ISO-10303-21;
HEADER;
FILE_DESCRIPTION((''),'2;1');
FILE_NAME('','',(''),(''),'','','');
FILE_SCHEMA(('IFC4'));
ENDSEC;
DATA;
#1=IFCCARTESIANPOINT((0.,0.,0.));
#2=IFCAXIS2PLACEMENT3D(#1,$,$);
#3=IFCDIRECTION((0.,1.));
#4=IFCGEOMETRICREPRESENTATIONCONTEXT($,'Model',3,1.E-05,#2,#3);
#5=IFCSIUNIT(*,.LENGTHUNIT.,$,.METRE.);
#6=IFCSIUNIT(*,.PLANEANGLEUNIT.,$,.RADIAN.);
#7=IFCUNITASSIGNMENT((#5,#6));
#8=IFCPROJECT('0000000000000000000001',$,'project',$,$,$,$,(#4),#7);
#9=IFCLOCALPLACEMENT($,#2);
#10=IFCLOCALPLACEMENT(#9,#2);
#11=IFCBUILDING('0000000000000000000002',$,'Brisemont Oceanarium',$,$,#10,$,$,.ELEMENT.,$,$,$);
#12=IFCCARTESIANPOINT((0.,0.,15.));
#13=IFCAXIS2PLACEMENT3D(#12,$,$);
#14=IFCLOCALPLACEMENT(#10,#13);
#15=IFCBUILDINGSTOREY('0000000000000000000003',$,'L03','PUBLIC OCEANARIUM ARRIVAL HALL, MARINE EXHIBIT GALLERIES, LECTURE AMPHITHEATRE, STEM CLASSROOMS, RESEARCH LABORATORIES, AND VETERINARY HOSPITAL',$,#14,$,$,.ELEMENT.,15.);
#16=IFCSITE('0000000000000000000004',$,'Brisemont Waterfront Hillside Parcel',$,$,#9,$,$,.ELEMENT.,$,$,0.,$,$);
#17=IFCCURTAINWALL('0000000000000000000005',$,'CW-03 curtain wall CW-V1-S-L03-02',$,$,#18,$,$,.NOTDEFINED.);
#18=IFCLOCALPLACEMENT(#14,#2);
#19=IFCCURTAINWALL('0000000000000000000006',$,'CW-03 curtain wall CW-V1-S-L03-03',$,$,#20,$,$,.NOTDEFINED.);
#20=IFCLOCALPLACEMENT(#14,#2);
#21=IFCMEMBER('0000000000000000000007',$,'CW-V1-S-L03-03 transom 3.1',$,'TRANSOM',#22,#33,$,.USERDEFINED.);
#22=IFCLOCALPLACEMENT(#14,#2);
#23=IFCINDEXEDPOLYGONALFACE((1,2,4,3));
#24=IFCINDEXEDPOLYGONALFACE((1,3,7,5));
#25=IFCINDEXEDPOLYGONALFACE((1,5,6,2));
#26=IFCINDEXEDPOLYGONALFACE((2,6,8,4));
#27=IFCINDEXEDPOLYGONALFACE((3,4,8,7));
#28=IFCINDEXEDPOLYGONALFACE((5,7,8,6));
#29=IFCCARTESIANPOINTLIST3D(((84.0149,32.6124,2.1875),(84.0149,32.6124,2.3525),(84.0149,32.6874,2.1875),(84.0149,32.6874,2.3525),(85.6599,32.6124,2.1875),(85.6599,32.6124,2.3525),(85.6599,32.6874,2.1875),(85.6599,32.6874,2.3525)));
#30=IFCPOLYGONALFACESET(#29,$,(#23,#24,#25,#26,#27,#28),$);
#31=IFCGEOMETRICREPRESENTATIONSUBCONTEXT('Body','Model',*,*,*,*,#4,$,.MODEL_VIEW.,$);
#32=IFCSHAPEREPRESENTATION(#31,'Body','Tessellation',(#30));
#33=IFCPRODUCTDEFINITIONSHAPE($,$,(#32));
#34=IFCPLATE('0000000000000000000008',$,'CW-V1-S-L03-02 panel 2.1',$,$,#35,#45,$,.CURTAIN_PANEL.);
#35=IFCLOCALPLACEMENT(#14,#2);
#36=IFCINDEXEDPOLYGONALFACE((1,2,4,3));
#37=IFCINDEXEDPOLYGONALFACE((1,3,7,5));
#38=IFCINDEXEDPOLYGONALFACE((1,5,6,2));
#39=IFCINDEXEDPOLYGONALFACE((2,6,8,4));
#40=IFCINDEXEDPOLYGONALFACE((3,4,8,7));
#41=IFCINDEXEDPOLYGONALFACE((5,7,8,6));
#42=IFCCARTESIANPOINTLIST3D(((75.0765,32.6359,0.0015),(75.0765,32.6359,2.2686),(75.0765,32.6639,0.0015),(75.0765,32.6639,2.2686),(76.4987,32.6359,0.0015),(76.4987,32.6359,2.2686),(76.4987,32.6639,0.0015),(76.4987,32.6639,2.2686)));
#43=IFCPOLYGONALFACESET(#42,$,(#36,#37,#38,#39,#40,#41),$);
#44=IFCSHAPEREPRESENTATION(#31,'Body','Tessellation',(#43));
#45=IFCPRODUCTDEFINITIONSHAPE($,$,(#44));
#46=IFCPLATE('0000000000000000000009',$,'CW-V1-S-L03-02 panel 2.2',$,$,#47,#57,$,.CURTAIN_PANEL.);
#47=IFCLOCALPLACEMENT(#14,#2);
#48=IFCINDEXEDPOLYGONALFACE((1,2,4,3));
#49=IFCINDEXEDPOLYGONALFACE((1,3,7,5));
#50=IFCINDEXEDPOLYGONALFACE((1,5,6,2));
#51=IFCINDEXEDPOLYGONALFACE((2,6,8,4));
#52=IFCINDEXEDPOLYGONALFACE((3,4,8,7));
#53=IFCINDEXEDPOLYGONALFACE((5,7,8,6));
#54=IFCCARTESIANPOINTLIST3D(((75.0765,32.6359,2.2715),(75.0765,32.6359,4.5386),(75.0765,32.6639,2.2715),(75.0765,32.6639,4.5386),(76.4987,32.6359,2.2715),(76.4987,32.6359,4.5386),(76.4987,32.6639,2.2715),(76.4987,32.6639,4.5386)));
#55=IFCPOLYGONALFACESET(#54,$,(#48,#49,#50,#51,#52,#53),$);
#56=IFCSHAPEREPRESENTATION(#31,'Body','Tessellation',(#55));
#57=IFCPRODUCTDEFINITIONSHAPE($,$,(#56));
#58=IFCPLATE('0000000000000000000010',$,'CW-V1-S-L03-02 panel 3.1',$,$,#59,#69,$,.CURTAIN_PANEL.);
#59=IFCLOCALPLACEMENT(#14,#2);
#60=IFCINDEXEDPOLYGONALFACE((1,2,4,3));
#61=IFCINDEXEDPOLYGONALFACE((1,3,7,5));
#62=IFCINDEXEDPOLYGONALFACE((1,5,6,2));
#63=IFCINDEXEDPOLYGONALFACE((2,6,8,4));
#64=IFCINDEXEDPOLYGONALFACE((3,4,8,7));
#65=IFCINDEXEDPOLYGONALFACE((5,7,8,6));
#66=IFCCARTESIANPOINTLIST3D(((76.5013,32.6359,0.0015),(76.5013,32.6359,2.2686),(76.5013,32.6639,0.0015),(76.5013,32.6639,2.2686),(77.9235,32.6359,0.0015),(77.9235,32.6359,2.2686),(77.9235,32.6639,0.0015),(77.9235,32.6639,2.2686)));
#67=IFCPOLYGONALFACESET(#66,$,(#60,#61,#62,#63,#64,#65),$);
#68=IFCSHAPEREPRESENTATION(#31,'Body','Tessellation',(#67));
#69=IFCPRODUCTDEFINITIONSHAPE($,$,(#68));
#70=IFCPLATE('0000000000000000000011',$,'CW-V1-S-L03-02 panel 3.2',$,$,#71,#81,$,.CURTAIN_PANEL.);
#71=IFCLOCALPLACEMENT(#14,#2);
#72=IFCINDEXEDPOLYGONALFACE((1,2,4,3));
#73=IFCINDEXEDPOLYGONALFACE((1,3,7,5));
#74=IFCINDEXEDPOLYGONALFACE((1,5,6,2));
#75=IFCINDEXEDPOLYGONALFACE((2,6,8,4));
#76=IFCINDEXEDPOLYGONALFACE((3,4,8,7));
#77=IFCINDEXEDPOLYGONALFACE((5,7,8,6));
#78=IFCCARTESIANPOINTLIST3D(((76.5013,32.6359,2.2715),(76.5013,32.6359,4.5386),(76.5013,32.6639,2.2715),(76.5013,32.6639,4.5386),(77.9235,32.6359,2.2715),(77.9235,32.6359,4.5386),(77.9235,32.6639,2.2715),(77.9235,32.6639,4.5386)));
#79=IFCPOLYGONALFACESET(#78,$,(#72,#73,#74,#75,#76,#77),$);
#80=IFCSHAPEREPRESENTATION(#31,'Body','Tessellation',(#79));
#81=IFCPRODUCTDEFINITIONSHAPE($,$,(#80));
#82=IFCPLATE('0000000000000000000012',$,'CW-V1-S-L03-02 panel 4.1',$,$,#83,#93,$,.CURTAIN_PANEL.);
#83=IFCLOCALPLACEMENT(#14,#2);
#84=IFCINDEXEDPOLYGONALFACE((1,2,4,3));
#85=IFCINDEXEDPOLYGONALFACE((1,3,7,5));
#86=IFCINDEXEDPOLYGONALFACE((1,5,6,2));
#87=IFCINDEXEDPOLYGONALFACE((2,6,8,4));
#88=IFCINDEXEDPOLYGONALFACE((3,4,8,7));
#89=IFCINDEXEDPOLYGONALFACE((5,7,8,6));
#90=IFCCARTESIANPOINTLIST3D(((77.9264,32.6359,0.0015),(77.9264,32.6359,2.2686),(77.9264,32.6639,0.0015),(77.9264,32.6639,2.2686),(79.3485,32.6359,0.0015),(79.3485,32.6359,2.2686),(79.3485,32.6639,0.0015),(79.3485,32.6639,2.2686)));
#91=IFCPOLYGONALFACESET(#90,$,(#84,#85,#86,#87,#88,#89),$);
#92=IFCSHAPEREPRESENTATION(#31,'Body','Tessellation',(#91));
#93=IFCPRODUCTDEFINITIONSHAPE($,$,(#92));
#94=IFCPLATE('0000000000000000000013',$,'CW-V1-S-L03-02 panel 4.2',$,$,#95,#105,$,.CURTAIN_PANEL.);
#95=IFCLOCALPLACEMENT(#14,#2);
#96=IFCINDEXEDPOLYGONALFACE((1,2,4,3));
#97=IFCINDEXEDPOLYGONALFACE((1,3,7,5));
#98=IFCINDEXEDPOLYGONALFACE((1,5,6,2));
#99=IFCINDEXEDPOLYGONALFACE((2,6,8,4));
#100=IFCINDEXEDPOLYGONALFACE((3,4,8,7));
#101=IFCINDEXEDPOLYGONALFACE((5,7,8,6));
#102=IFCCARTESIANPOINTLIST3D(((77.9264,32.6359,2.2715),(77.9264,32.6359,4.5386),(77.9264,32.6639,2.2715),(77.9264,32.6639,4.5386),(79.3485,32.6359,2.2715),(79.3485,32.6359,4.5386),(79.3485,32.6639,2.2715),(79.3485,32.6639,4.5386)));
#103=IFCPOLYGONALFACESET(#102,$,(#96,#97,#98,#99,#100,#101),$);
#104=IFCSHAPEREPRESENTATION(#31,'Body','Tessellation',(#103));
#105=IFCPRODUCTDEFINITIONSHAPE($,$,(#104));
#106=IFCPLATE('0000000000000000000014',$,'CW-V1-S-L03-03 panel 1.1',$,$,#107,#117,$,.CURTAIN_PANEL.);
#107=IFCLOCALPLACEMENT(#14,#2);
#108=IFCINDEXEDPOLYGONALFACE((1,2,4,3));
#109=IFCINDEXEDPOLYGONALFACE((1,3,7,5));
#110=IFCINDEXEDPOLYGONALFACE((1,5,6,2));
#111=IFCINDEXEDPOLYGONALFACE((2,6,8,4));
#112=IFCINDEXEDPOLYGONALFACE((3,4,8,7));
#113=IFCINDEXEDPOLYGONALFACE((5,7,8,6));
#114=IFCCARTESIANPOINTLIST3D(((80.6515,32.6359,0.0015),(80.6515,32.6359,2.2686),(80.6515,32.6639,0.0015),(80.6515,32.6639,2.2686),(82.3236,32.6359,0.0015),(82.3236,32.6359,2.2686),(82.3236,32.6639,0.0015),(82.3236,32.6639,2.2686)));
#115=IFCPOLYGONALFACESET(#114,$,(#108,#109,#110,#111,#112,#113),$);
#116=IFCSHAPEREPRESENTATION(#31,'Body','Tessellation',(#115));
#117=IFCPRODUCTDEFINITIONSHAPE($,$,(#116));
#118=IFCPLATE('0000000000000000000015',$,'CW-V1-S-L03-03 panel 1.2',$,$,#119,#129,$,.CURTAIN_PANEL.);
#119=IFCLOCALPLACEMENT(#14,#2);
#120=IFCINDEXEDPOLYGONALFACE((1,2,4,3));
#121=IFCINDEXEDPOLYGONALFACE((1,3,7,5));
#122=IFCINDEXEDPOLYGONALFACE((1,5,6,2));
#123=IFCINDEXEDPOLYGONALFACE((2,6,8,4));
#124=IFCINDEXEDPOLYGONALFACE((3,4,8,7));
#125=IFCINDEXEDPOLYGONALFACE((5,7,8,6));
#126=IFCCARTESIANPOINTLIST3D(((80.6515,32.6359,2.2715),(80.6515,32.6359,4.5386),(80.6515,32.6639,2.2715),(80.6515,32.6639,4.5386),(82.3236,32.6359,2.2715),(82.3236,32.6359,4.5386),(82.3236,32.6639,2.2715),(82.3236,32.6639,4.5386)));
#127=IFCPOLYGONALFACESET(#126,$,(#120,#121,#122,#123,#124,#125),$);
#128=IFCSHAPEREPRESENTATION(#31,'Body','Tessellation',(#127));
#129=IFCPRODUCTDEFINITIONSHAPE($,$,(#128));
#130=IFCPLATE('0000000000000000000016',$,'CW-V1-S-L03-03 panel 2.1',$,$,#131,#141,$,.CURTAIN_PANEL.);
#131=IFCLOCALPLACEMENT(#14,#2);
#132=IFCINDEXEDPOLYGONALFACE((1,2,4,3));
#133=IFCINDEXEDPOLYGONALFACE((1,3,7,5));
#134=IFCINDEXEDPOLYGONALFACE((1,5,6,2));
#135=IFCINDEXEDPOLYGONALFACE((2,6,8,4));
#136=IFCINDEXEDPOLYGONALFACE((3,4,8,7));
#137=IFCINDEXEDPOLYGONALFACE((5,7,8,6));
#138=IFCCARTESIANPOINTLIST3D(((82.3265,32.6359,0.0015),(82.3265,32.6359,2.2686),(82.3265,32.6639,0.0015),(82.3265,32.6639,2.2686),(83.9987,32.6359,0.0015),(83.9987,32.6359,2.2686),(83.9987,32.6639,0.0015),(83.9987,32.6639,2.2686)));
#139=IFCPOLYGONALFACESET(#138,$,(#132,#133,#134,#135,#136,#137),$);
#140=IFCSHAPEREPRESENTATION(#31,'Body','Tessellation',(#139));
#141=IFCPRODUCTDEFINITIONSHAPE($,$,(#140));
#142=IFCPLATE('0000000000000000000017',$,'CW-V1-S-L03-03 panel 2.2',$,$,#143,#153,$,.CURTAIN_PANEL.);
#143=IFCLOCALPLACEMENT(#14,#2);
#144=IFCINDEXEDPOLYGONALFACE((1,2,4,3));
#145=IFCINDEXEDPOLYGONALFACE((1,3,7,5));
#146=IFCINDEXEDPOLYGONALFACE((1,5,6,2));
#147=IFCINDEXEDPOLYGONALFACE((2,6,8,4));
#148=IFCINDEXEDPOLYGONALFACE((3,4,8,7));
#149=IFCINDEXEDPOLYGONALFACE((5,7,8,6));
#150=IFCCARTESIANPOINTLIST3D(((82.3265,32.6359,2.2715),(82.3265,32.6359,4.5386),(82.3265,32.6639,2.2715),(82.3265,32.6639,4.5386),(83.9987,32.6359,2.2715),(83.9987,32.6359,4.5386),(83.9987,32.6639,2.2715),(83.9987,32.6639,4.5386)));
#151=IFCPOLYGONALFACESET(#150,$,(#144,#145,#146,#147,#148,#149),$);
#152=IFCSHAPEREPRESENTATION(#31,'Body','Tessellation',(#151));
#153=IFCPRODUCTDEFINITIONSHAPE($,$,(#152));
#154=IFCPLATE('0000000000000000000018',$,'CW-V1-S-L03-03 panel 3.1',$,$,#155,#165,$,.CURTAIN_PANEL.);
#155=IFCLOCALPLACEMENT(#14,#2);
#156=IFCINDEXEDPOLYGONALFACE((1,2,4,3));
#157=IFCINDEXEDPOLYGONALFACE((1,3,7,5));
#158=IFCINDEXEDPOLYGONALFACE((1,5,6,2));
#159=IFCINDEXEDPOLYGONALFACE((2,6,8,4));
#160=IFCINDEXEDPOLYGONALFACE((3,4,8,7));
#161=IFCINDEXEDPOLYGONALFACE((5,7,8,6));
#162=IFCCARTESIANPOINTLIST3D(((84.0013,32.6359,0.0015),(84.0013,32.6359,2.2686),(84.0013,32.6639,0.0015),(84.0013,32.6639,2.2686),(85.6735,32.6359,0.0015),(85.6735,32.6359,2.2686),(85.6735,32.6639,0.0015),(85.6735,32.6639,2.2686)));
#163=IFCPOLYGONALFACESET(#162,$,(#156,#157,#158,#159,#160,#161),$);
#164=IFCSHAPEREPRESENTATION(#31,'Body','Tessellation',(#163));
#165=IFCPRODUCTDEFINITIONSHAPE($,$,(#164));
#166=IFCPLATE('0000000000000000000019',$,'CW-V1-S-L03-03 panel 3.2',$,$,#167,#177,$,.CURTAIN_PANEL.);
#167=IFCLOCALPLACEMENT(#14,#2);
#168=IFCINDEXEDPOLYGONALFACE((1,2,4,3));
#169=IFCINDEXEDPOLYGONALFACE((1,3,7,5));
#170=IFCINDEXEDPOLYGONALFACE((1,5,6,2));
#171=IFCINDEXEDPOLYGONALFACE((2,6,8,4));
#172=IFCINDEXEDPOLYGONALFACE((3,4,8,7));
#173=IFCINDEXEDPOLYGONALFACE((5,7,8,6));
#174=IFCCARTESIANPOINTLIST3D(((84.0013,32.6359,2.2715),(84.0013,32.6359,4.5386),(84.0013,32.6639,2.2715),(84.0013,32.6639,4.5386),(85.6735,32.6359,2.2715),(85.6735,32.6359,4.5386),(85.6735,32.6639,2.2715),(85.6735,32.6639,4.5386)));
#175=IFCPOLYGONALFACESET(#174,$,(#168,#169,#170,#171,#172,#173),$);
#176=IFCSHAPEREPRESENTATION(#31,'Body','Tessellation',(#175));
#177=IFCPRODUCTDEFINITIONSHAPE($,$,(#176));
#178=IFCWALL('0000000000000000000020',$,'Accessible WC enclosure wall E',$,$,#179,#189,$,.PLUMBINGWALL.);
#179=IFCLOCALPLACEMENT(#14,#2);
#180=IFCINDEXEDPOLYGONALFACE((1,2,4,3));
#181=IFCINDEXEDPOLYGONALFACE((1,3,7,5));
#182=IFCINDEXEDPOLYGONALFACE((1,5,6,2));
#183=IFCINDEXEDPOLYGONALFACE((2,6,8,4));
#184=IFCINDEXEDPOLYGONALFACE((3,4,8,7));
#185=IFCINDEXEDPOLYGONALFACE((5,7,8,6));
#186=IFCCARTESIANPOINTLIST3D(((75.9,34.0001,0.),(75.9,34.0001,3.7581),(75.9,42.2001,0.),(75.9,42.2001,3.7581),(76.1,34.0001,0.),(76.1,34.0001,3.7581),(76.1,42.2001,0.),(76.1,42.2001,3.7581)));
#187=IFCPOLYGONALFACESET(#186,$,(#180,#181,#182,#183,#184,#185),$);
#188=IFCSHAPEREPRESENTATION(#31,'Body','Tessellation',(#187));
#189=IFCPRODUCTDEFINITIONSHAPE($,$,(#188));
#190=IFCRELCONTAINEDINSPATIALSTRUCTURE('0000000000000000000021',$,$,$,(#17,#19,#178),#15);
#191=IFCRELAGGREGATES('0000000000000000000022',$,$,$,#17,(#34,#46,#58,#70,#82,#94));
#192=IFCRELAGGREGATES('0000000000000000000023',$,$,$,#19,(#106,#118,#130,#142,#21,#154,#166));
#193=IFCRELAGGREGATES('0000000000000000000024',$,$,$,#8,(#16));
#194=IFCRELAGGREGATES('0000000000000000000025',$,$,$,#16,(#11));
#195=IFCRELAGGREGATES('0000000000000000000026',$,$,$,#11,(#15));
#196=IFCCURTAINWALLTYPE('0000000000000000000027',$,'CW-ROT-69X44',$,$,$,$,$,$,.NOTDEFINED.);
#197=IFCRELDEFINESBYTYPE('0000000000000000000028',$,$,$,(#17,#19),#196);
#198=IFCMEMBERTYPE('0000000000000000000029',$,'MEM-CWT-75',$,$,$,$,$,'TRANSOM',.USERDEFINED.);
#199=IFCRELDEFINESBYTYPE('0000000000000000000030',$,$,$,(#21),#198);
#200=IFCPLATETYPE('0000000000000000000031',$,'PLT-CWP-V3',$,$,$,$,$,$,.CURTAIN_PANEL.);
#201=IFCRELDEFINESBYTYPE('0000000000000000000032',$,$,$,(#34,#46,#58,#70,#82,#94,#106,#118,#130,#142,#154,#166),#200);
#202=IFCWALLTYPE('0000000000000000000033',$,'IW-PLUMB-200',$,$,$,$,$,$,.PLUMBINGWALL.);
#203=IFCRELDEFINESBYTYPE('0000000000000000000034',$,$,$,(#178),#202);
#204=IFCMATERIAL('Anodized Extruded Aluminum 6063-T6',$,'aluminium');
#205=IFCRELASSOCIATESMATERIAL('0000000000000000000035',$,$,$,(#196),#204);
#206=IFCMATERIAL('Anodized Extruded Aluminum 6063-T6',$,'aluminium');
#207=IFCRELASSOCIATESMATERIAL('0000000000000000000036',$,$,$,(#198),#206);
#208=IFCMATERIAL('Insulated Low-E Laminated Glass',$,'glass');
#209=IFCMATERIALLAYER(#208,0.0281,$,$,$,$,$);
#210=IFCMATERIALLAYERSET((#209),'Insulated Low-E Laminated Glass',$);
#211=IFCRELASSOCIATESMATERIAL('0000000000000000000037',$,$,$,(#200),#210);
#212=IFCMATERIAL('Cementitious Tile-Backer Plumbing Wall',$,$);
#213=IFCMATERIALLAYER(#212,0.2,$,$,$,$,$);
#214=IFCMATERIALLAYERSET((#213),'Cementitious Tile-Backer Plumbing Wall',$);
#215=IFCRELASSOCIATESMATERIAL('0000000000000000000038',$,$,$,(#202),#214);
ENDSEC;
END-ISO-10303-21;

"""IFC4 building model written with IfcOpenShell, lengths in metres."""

from ifc_helpers import new_model, si_unit, direction, frame, frame_2d, origin, origin_2d, place, context, subcontext, project, spatial, rectangle, extrude, material, layer, layer_set, material_profile, profile_set, type_object, element, aggregate, save


model = new_model("IFC4")

# Units and contexts
model_context = context("Model", 3, precision=1e-05, world=origin(), true_north=direction((0.0, 1.0)))
body_context = subcontext(model_context, "Body", "Model", "MODEL_VIEW")
ifc_project = project(units=[si_unit("LENGTHUNIT", "METRE"), si_unit("PLANEANGLEUNIT", "RADIAN")], contexts=[model_context])

# Site, building, storey
site_placement = place(None, origin())
site = spatial("IfcSite", under=ifc_project, at=site_placement, Name="Brisemont Waterfront Hillside Parcel", CompositionType="ELEMENT", RefElevation=0.0)
building_placement = place(site_placement, origin())
building = spatial("IfcBuilding", under=site, at=building_placement, Name="Brisemont Oceanarium", CompositionType="ELEMENT")
storey_placement = place(building_placement, frame((0.0, 0.0, 15.0)))
storey = spatial("IfcBuildingStorey", under=building, at=storey_placement, Name="L03", Description="PUBLIC OCEANARIUM ARRIVAL HALL, MARINE EXHIBIT GALLERIES, LECTURE AMPHITHEATRE, STEM CLASSROOMS, RESEARCH LABORATORIES, AND VETERINARY HOSPITAL", CompositionType="ELEMENT", Elevation=15.0)

# Curtain walls
ifc_material_1 = material(Name="Anodized Extruded Aluminum 6063-T6", Category="aluminium")
curtain_wall_type = type_object("IfcCurtainWallType", Name="CW-ROT-69X44", PredefinedType="NOTDEFINED", material=ifc_material_1)
curtain_wall_1_placement = place(storey_placement, origin())
curtain_wall_1 = element("IfcCurtainWall", 1, at=curtain_wall_1_placement, inside=storey, type_object=curtain_wall_type, Name="CW-03 curtain wall CW-V1-S-L03-02", PredefinedType="NOTDEFINED")
curtain_wall_2_placement = place(storey_placement, origin())
curtain_wall_2 = element("IfcCurtainWall", 2, at=curtain_wall_2_placement, inside=storey, type_object=curtain_wall_type, Name="CW-03 curtain wall CW-V1-S-L03-03", PredefinedType="NOTDEFINED")

# Member
ifc_material_2 = material(Name="Anodized Extruded Aluminum 6063-T6", Category="aluminium")
ifc_material_profile_1 = material_profile(ifc_material_2, rectangle(XDim=0.075, YDim=0.165, at=origin_2d()), Name="CWT-75X165")
ifc_profile_set_1 = profile_set([ifc_material_profile_1], Name="Anodized Extruded Aluminum 6063-T6")
member_type_1 = type_object("IfcMemberType", Name="MEM-CWT-75", ElementType="TRANSOM", PredefinedType="USERDEFINED", material=ifc_profile_set_1)
member_1_placement = place(storey_placement, frame((84.0149, 32.6499, 2.27), z_axis=(1.0, 0.0, 0.0), x_axis=(0.0, 1.0, 0.0)))
member_1 = element("IfcMember", 3, at=member_1_placement, type_object=member_type_1, Name="CW-V1-S-L03-03 transom 3.1", ObjectType="TRANSOM", PredefinedType="USERDEFINED", context=body_context, shape_type="SweptSolid", body=[
    extrude(rectangle(XDim=0.075, YDim=0.165, at=origin_2d()), origin(), (0.0, 0.0, 1.0), 1.645),
])

# Plates
ifc_material_3 = material(Name="Insulated Low-E Laminated Glass", Category="glass")
ifc_layer_1 = layer(ifc_material_3, 0.0281)
ifc_layer_set_1 = layer_set([ifc_layer_1], Name="Insulated Low-E Laminated Glass")
plate_type = type_object("IfcPlateType", Name="PLT-CWP-V3", PredefinedType="CURTAIN_PANEL", material=ifc_layer_set_1)
plate_1_placement = place(storey_placement, frame((75.7876, 32.6499, 0.0015), z_axis=(0.0, 0.0, 1.0), x_axis=(1.0, 0.0, 0.0)))
plate_1 = element("IfcPlate", 4, at=plate_1_placement, type_object=plate_type, Name="CW-V1-S-L03-02 panel 2.1", PredefinedType="CURTAIN_PANEL", context=body_context, shape_type="SweptSolid", body=[
    extrude(rectangle(XDim=1.4221, YDim=0.0281, at=origin_2d()), origin(), (0.0, 0.0, 1.0), 2.2671),
])
plate_2_placement = place(storey_placement, frame((75.7876, 32.6499, 2.2715), z_axis=(0.0, 0.0, 1.0), x_axis=(1.0, 0.0, 0.0)))
plate_2 = element("IfcPlate", 5, at=plate_2_placement, type_object=plate_type, Name="CW-V1-S-L03-02 panel 2.2", PredefinedType="CURTAIN_PANEL", context=body_context, shape_type="SweptSolid", body=[
    extrude(rectangle(XDim=1.4221, YDim=0.0281, at=origin_2d()), origin(), (0.0, 0.0, 1.0), 2.2671),
])
plate_3_placement = place(storey_placement, frame((77.2124, 32.6499, 0.0015), z_axis=(0.0, 0.0, 1.0), x_axis=(1.0, 0.0, 0.0)))
plate_3 = element("IfcPlate", 6, at=plate_3_placement, type_object=plate_type, Name="CW-V1-S-L03-02 panel 3.1", PredefinedType="CURTAIN_PANEL", context=body_context, shape_type="SweptSolid", body=[
    extrude(rectangle(XDim=1.4221, YDim=0.0281, at=origin_2d()), origin(), (0.0, 0.0, 1.0), 2.2671),
])
plate_4_placement = place(storey_placement, frame((77.2124, 32.6499, 2.2715), z_axis=(0.0, 0.0, 1.0), x_axis=(1.0, 0.0, 0.0)))
plate_4 = element("IfcPlate", 7, at=plate_4_placement, type_object=plate_type, Name="CW-V1-S-L03-02 panel 3.2", PredefinedType="CURTAIN_PANEL", context=body_context, shape_type="SweptSolid", body=[
    extrude(rectangle(XDim=1.4221, YDim=0.0281, at=origin_2d()), origin(), (0.0, 0.0, 1.0), 2.2671),
])
plate_5_placement = place(storey_placement, frame((78.6375, 32.6499, 0.0015), z_axis=(0.0, 0.0, 1.0), x_axis=(1.0, 0.0, 0.0)))
plate_5 = element("IfcPlate", 8, at=plate_5_placement, type_object=plate_type, Name="CW-V1-S-L03-02 panel 4.1", PredefinedType="CURTAIN_PANEL", context=body_context, shape_type="SweptSolid", body=[
    extrude(rectangle(XDim=1.4221, YDim=0.0281, at=origin_2d()), origin(), (0.0, 0.0, 1.0), 2.2671),
])
plate_6_placement = place(storey_placement, frame((78.6375, 32.6499, 2.2715), z_axis=(0.0, 0.0, 1.0), x_axis=(1.0, 0.0, 0.0)))
plate_6 = element("IfcPlate", 9, at=plate_6_placement, type_object=plate_type, Name="CW-V1-S-L03-02 panel 4.2", PredefinedType="CURTAIN_PANEL", context=body_context, shape_type="SweptSolid", body=[
    extrude(rectangle(XDim=1.4221, YDim=0.0281, at=origin_2d()), origin(), (0.0, 0.0, 1.0), 2.2671),
])
aggregate(curtain_wall_1, [plate_1, plate_2, plate_3, plate_4, plate_5, plate_6])
plate_7_placement = place(storey_placement, frame((81.4875, 32.6499, 0.0015), z_axis=(0.0, 0.0, 1.0), x_axis=(1.0, 0.0, 0.0)))
plate_7 = element("IfcPlate", 10, at=plate_7_placement, type_object=plate_type, Name="CW-V1-S-L03-03 panel 1.1", PredefinedType="CURTAIN_PANEL", context=body_context, shape_type="SweptSolid", body=[
    extrude(rectangle(XDim=1.6721, YDim=0.0281, at=origin_2d()), origin(), (0.0, 0.0, 1.0), 2.2671),
])
plate_8_placement = place(storey_placement, frame((81.4875, 32.6499, 2.2715), z_axis=(0.0, 0.0, 1.0), x_axis=(1.0, 0.0, 0.0)))
plate_8 = element("IfcPlate", 11, at=plate_8_placement, type_object=plate_type, Name="CW-V1-S-L03-03 panel 1.2", PredefinedType="CURTAIN_PANEL", context=body_context, shape_type="SweptSolid", body=[
    extrude(rectangle(XDim=1.6721, YDim=0.0281, at=origin_2d()), origin(), (0.0, 0.0, 1.0), 2.2671),
])
plate_9_placement = place(storey_placement, frame((83.1626, 32.6499, 0.0015), z_axis=(0.0, 0.0, 1.0), x_axis=(1.0, 0.0, 0.0)))
plate_9 = element("IfcPlate", 12, at=plate_9_placement, type_object=plate_type, Name="CW-V1-S-L03-03 panel 2.1", PredefinedType="CURTAIN_PANEL", context=body_context, shape_type="SweptSolid", body=[
    extrude(rectangle(XDim=1.6721, YDim=0.0281, at=origin_2d()), origin(), (0.0, 0.0, 1.0), 2.2671),
])
plate_10_placement = place(storey_placement, frame((83.1626, 32.6499, 2.2715), z_axis=(0.0, 0.0, 1.0), x_axis=(1.0, 0.0, 0.0)))
plate_10 = element("IfcPlate", 13, at=plate_10_placement, type_object=plate_type, Name="CW-V1-S-L03-03 panel 2.2", PredefinedType="CURTAIN_PANEL", context=body_context, shape_type="SweptSolid", body=[
    extrude(rectangle(XDim=1.6721, YDim=0.0281, at=origin_2d()), origin(), (0.0, 0.0, 1.0), 2.2671),
])
plate_11_placement = place(storey_placement, frame((84.8374, 32.6499, 0.0015), z_axis=(0.0, 0.0, 1.0), x_axis=(1.0, 0.0, 0.0)))
plate_11 = element("IfcPlate", 14, at=plate_11_placement, type_object=plate_type, Name="CW-V1-S-L03-03 panel 3.1", PredefinedType="CURTAIN_PANEL", context=body_context, shape_type="SweptSolid", body=[
    extrude(rectangle(XDim=1.6721, YDim=0.0281, at=origin_2d()), origin(), (0.0, 0.0, 1.0), 2.2671),
])
plate_12_placement = place(storey_placement, frame((84.8374, 32.6499, 2.2715), z_axis=(0.0, 0.0, 1.0), x_axis=(1.0, 0.0, 0.0)))
plate_12 = element("IfcPlate", 15, at=plate_12_placement, type_object=plate_type, Name="CW-V1-S-L03-03 panel 3.2", PredefinedType="CURTAIN_PANEL", context=body_context, shape_type="SweptSolid", body=[
    extrude(rectangle(XDim=1.6721, YDim=0.0281, at=origin_2d()), origin(), (0.0, 0.0, 1.0), 2.2671),
])
aggregate(curtain_wall_2, [plate_7, plate_8, plate_9, plate_10, member_1, plate_11, plate_12])

# Wall
ifc_material_4 = material(Name="Cementitious Tile-Backer Plumbing Wall")
ifc_layer_2 = layer(ifc_material_4, 0.2)
ifc_layer_set_2 = layer_set([ifc_layer_2], Name="Cementitious Tile-Backer Plumbing Wall")
wall_type = type_object("IfcWallType", Name="IW-PLUMB-200", PredefinedType="PLUMBINGWALL", material=ifc_layer_set_2)
wall_placement = place(storey_placement, frame((76.0, 34.0, 0.0), z_axis=(0.0, 0.0, 1.0), x_axis=(0.0, 1.0, 0.0)))
element("IfcWall", 16, at=wall_placement, inside=storey, type_object=wall_type, Name="Accessible WC enclosure wall E", PredefinedType="PLUMBINGWALL", context=body_context, shape_type="SweptSolid", body=[
    extrude(rectangle(XDim=8.2, YDim=0.2, at=frame_2d((4.1001, 0.0))), origin(), (0.0, 0.0, 1.0), 3.7581),
])

save(model, "model.ifc")
